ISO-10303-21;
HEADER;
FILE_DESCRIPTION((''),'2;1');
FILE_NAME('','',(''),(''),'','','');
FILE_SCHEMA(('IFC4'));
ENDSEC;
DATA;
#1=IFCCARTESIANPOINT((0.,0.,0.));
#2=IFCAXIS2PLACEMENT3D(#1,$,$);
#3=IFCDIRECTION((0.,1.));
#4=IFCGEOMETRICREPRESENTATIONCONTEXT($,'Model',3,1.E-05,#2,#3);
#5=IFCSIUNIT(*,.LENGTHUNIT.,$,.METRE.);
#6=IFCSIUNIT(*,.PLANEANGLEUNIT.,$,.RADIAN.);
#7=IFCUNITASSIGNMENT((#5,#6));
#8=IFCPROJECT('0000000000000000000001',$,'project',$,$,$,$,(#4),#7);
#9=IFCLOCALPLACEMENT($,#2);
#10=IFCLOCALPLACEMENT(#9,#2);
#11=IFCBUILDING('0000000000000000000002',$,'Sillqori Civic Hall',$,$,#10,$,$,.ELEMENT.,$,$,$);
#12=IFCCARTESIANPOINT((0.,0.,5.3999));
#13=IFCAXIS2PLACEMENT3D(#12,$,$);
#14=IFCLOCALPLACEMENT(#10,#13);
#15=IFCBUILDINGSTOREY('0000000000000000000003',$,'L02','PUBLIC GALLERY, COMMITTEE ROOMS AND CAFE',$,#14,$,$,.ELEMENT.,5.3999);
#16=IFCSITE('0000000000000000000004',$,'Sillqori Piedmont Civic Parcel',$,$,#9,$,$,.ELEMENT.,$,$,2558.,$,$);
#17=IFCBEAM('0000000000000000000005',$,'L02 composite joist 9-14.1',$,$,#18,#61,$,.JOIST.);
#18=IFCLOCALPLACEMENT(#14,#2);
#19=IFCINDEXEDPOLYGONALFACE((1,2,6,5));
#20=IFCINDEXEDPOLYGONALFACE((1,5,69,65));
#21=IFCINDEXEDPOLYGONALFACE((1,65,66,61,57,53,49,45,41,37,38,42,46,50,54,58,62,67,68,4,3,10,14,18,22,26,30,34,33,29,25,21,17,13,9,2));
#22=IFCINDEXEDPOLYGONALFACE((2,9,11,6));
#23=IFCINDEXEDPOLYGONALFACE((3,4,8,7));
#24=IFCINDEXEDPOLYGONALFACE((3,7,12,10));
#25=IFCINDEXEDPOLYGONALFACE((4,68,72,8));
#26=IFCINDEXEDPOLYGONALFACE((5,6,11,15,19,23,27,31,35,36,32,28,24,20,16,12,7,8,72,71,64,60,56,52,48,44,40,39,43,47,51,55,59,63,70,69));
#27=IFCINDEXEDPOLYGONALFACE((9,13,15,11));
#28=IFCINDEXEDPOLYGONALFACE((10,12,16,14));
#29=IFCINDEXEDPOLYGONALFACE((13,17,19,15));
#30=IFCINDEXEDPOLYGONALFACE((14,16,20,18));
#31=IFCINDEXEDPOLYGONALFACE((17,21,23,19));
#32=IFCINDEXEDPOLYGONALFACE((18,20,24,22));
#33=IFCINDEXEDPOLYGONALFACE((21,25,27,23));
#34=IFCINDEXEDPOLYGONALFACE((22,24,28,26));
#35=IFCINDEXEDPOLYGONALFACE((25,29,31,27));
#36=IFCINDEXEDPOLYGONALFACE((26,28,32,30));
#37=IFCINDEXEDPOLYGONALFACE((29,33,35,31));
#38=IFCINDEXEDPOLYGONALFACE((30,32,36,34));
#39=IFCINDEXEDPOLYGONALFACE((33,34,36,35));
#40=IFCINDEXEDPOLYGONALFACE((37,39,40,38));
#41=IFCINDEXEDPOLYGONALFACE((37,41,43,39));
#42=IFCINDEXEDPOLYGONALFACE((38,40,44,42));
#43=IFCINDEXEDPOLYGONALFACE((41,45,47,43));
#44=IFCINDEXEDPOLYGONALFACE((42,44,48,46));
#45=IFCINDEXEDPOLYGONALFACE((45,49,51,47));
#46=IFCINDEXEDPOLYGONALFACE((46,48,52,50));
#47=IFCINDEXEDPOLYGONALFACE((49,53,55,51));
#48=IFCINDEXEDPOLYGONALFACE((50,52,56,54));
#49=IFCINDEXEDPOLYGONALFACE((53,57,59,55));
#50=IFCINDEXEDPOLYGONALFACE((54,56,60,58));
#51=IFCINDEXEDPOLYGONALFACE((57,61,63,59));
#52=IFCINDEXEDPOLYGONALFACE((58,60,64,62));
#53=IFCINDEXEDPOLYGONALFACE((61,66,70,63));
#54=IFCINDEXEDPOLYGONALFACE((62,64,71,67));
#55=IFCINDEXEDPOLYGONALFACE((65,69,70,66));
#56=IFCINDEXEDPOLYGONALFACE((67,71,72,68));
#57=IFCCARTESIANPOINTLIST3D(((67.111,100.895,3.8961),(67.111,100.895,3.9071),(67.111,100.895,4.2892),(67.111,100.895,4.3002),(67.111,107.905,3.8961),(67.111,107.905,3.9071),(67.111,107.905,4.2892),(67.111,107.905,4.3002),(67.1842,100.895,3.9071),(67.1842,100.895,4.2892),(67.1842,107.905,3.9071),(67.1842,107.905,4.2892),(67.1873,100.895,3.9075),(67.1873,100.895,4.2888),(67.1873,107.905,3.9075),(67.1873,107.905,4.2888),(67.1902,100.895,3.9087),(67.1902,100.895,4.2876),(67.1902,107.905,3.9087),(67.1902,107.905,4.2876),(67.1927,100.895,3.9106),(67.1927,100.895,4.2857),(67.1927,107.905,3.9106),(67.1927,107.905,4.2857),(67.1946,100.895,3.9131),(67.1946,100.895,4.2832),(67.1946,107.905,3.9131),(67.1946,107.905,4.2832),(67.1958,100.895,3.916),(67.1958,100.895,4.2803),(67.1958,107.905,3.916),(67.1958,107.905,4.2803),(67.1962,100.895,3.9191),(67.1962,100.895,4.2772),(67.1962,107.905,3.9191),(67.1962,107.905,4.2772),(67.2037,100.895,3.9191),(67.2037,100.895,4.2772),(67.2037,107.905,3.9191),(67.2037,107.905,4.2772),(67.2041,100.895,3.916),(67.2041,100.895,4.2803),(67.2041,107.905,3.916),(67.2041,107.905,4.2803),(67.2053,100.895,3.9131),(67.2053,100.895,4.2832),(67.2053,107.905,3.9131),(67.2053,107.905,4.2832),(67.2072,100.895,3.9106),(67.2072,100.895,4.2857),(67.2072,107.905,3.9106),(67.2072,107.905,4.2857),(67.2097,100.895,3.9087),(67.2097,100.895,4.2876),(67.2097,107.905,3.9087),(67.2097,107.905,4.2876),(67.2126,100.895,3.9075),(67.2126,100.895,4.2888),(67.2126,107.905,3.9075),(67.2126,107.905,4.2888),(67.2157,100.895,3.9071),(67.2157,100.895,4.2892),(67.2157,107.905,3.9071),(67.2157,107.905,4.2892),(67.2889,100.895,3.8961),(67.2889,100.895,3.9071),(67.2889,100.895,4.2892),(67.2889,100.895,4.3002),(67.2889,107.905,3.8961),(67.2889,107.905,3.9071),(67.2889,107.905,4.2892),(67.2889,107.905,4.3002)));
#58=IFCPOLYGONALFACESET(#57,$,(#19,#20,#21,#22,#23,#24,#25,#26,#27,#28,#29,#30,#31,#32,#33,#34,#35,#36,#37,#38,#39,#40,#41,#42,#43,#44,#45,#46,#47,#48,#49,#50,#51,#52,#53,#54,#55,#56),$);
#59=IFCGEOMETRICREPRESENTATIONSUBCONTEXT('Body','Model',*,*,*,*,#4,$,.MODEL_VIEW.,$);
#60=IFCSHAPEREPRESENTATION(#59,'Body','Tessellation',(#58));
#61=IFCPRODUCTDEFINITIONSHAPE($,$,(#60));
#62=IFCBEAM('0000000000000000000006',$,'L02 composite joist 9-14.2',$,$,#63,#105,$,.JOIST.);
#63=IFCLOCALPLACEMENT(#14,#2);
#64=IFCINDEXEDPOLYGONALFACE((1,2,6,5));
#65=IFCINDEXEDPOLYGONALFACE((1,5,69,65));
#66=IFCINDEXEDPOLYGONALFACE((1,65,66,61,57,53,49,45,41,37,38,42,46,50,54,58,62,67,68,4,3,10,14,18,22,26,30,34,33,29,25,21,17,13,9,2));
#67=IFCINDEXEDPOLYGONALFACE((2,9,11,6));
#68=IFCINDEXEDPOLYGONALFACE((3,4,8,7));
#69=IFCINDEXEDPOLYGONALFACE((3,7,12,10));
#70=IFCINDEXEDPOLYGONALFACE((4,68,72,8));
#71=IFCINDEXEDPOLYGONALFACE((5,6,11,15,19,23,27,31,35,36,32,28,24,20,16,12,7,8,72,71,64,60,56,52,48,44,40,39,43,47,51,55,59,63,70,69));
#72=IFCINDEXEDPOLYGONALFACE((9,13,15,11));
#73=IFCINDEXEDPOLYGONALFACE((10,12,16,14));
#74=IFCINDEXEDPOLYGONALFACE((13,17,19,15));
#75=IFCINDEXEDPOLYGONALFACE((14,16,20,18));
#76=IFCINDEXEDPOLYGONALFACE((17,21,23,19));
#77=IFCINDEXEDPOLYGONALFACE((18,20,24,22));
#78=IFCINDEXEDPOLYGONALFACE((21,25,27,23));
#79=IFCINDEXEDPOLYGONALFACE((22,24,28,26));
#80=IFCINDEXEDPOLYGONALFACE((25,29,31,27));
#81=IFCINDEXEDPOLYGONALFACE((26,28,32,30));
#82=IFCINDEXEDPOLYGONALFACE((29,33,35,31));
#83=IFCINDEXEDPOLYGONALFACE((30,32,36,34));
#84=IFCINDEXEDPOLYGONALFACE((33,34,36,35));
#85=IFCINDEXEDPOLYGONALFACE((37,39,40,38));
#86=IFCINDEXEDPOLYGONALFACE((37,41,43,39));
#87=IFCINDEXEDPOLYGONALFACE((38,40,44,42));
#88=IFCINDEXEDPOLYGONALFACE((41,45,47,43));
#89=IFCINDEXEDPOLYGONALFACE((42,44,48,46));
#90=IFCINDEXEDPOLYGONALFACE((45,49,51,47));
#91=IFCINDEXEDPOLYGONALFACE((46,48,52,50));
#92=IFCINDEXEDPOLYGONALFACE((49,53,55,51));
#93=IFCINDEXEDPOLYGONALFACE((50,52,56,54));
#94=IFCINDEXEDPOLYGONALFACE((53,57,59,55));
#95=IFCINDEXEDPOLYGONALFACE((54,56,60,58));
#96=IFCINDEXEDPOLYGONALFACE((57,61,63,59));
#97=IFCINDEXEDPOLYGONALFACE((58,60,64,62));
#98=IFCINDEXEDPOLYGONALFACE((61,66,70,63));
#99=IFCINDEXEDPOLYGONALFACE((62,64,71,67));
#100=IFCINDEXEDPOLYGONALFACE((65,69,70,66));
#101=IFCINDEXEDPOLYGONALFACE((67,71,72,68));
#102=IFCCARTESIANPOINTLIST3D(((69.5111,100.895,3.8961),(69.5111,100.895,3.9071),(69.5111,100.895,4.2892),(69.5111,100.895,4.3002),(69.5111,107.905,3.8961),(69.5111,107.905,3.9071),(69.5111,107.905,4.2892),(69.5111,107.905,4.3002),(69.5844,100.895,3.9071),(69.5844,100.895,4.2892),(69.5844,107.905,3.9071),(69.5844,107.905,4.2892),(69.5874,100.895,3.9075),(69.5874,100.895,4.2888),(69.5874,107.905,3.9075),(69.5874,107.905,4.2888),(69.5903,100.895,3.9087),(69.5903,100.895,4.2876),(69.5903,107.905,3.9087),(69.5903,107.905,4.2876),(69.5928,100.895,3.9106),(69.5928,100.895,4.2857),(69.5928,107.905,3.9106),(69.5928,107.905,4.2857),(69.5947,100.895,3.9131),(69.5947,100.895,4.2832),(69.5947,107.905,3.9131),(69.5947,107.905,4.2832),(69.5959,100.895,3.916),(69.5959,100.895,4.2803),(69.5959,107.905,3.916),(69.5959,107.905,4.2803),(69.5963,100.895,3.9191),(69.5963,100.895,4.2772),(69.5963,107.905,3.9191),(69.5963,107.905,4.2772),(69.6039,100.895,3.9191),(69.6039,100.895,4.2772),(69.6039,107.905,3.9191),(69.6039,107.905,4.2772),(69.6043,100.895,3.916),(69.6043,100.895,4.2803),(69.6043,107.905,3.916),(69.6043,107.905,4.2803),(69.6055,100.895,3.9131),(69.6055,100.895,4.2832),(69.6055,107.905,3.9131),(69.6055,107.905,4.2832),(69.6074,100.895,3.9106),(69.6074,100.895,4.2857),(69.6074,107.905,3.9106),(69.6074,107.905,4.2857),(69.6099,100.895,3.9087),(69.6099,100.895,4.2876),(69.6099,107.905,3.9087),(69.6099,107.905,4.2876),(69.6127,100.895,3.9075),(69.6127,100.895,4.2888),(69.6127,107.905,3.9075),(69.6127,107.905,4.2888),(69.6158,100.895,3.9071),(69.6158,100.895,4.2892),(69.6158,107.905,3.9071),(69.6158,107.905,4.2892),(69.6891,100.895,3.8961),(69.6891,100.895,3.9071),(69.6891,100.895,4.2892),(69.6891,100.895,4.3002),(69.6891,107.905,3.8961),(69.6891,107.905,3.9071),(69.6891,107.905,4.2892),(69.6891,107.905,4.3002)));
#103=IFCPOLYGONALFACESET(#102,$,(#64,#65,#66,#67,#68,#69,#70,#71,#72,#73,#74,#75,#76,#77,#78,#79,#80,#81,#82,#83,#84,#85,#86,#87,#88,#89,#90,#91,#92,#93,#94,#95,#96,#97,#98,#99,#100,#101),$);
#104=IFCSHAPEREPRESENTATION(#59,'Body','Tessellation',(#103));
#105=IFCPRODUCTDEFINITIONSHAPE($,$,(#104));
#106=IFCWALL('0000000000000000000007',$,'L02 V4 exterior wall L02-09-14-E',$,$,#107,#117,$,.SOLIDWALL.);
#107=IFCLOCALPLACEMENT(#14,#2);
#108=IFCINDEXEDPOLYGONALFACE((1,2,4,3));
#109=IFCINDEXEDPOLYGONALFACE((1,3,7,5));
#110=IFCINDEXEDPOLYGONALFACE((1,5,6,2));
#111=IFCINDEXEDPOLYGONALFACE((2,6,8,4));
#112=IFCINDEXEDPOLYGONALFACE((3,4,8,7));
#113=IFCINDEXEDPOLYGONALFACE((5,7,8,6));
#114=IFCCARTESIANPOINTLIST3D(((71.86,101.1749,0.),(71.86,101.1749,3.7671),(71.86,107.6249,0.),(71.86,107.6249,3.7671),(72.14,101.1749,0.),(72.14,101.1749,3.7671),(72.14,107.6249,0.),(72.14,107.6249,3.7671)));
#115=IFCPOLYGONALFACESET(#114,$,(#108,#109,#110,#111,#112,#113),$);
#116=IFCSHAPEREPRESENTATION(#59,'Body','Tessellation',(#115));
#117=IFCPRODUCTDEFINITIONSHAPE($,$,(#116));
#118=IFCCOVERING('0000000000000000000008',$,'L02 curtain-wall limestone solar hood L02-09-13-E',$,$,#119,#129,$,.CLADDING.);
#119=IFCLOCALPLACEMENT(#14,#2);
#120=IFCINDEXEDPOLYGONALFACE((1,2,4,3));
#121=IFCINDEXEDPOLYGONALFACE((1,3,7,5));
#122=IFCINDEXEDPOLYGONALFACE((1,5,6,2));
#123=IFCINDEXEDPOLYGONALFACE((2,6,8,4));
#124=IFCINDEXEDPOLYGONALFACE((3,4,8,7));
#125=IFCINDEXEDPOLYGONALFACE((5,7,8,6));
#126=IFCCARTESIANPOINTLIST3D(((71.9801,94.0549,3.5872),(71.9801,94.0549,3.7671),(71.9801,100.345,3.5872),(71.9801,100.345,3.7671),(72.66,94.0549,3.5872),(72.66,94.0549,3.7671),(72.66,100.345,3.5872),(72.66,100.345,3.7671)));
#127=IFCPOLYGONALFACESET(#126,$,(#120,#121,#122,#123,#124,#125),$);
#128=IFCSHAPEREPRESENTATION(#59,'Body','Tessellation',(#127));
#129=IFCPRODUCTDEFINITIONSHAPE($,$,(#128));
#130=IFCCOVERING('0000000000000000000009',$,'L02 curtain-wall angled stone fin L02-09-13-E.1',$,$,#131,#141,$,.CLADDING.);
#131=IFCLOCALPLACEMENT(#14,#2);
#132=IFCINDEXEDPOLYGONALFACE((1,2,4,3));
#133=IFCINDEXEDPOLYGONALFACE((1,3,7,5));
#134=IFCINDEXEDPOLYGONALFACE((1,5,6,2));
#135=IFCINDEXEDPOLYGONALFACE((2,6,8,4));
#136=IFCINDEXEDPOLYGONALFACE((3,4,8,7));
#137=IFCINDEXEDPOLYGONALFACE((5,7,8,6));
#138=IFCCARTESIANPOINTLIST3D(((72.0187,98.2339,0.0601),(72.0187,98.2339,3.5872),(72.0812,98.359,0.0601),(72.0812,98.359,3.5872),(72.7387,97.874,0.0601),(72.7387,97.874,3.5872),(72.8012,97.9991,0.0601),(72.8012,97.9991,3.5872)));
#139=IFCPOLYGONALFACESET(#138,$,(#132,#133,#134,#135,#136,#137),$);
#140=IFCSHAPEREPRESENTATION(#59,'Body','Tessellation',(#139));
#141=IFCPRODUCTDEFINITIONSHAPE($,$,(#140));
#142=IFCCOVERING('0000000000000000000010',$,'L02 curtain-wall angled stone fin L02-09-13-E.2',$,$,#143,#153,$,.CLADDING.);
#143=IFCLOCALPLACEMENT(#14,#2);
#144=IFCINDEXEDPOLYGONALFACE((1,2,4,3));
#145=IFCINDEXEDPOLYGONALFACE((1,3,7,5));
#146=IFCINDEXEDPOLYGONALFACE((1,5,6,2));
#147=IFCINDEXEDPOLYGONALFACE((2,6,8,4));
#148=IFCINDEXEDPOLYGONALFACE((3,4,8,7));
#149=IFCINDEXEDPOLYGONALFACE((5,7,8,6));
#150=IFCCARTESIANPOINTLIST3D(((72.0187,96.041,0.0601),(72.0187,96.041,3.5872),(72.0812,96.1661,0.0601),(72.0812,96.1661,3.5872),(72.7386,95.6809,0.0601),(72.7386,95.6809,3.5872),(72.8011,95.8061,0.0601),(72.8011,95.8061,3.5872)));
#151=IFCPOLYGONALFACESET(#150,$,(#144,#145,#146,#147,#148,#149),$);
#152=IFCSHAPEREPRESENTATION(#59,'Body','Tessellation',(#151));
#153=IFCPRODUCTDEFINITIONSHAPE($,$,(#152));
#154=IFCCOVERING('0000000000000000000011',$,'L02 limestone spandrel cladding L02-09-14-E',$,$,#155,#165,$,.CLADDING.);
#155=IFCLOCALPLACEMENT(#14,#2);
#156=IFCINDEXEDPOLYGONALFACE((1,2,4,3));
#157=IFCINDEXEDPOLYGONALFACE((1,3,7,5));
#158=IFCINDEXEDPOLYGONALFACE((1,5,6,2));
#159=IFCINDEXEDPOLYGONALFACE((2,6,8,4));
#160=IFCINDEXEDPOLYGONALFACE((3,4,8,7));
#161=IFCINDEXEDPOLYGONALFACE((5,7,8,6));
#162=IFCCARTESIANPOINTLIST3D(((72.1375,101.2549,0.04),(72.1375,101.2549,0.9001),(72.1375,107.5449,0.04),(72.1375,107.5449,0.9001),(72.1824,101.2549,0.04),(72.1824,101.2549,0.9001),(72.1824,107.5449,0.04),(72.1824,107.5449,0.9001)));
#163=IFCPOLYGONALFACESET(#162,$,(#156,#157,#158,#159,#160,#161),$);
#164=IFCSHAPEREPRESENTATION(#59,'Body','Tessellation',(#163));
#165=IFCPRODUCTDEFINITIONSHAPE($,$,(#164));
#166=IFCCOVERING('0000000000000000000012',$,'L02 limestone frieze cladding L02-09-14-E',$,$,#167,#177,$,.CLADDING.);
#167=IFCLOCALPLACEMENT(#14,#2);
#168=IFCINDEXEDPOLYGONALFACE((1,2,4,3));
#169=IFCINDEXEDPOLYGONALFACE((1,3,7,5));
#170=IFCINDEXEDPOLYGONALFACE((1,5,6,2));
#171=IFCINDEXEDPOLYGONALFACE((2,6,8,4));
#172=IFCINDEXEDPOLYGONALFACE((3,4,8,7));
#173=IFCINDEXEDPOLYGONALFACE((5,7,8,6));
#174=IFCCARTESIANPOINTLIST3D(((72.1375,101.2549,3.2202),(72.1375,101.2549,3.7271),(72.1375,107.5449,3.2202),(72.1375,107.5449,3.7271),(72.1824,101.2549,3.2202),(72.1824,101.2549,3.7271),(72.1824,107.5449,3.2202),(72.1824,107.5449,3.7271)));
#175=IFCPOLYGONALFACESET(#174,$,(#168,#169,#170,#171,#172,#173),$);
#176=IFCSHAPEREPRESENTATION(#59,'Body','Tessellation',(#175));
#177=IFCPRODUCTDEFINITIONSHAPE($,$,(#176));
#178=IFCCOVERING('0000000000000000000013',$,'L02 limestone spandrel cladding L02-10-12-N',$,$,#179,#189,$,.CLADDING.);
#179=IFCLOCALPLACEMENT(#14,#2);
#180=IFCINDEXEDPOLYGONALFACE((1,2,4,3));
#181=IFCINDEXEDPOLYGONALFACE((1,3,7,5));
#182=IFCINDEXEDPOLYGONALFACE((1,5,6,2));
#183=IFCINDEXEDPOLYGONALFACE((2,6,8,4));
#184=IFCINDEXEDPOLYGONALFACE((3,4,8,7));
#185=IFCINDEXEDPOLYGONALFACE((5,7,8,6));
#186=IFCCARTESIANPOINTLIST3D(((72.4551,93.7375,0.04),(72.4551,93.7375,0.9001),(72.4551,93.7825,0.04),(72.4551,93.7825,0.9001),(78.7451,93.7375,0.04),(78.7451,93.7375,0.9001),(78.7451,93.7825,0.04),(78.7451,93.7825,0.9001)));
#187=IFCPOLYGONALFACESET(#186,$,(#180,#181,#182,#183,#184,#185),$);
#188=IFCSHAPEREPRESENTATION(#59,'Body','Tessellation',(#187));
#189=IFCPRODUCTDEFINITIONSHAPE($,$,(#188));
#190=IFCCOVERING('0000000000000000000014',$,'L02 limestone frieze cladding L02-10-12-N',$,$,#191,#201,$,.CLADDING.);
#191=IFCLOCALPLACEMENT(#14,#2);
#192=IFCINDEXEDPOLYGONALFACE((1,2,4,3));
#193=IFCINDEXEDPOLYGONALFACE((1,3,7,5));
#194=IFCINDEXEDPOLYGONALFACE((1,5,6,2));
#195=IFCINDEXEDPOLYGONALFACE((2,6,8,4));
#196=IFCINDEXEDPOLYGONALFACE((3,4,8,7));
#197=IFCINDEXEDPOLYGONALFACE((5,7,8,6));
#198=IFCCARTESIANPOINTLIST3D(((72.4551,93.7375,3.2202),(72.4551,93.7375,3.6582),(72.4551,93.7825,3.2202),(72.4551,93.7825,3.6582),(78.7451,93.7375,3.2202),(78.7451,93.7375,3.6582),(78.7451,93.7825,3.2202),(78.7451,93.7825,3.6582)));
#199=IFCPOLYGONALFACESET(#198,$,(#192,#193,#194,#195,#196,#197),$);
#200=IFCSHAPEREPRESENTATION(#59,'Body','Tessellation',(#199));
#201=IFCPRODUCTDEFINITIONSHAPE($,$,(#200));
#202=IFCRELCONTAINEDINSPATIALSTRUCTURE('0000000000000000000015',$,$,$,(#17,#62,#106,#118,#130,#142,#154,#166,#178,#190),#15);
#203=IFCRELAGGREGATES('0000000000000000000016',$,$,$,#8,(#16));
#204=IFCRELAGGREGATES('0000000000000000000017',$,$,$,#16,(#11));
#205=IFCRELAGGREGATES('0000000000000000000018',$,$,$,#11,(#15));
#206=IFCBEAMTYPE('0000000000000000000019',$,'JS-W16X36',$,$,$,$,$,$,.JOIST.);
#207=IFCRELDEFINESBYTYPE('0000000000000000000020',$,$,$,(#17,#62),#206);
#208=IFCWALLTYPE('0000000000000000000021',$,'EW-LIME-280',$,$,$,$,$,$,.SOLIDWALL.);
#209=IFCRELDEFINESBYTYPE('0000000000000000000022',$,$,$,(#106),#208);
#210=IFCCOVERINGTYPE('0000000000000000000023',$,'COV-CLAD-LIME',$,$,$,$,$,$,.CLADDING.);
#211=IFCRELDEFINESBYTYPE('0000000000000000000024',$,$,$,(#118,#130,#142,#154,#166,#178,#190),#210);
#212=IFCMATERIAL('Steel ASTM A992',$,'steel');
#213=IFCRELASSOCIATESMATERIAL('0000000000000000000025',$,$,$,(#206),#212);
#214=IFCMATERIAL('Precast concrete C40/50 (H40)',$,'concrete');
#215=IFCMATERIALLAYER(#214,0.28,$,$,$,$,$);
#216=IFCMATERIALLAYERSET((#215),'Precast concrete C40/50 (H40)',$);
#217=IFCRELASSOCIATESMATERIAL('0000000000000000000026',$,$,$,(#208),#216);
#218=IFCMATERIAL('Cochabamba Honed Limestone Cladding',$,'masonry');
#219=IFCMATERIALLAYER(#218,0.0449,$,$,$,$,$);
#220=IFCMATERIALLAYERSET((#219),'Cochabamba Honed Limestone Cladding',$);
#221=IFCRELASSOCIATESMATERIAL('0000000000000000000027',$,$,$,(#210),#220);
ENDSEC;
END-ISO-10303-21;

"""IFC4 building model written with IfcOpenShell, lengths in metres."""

from ifc_helpers import new_model, si_unit, direction, frame, frame_2d, origin, origin_2d, place, context, subcontext, project, spatial, rectangle, i_section, extrude, material, layer, layer_set, material_profile, profile_set, type_object, element, save


model = new_model("IFC4")

# Units and contexts
model_context = context("Model", 3, precision=1e-05, world=origin(), true_north=direction((0.0, 1.0)))
body_context = subcontext(model_context, "Body", "Model", "MODEL_VIEW")
ifc_project = project(units=[si_unit("LENGTHUNIT", "METRE"), si_unit("PLANEANGLEUNIT", "RADIAN")], contexts=[model_context])

# Site, building, storey
site_placement = place(None, origin())
site = spatial("IfcSite", under=ifc_project, at=site_placement, Name="Sillqori Piedmont Civic Parcel", CompositionType="ELEMENT", RefElevation=2558.0)
building_placement = place(site_placement, origin())
building = spatial("IfcBuilding", under=site, at=building_placement, Name="Sillqori Civic Hall", CompositionType="ELEMENT")
storey_placement = place(building_placement, frame((0.0, 0.0, 5.3999)))
storey = spatial("IfcBuildingStorey", under=building, at=storey_placement, Name="L02", Description="PUBLIC GALLERY, COMMITTEE ROOMS AND CAFE", CompositionType="ELEMENT", Elevation=5.3999)

# Shared definitions
ifc_material_1 = material(Name="Steel ASTM A992", Category="steel")

# Beams
ifc_material_profile_1 = material_profile(ifc_material_1, i_section(OverallWidth=0.178, OverallDepth=0.4041, WebThickness=0.0076, FlangeThickness=0.011, FilletRadius=0.012, at=origin_2d()), Name="W16X36")
ifc_profile_set_1 = profile_set([ifc_material_profile_1], Name="Steel ASTM A992")
beam_type_1 = type_object("IfcBeamType", Name="JS-W16X36", PredefinedType="JOIST", material=ifc_profile_set_1)
for number, where, z_axis, x_axis, name in (
    (1, (67.2, 100.895, 4.0981), (0.0, 1.0, 0.0), (-1.0, 0.0, 0.0), "L02 composite joist 9-14.1"),
    (2, (69.6001, 100.895, 4.0981), (0.0, 1.0, 0.0), (-1.0, 0.0, 0.0), "L02 composite joist 9-14.2"),
):
    element("IfcBeam", number, at=place(storey_placement, frame(where, z_axis=z_axis, x_axis=x_axis)), inside=storey, type_object=beam_type_1, Name=name, PredefinedType="JOIST", context=body_context, shape_type="SweptSolid", body=[
        extrude(i_section(OverallWidth=0.178, OverallDepth=0.4041, WebThickness=0.0076, FlangeThickness=0.011, FilletRadius=0.012, at=origin_2d()), origin(), (0.0, 0.0, 1.0), 7.01),
    ])

# Wall
ifc_material_2 = material(Name="Precast concrete C40/50 (H40)", Category="concrete")
ifc_layer_1 = layer(ifc_material_2, 0.28)
ifc_layer_set_1 = layer_set([ifc_layer_1], Name="Precast concrete C40/50 (H40)")
wall_type = type_object("IfcWallType", Name="EW-LIME-280", PredefinedType="SOLIDWALL", material=ifc_layer_set_1)
wall_placement = place(storey_placement, frame((72.0, 107.625, 0.0), z_axis=(0.0, 0.0, 1.0), x_axis=(0.0, -1.0, 0.0)))
element("IfcWall", 3, at=wall_placement, inside=storey, type_object=wall_type, Name="L02 V4 exterior wall L02-09-14-E", PredefinedType="SOLIDWALL", context=body_context, shape_type="SweptSolid", body=[
    extrude(rectangle(XDim=6.45, YDim=0.28, at=frame_2d((3.2251, 0.0))), origin(), (0.0, 0.0, 1.0), 3.7671),
])

# Coverings
ifc_material_3 = material(Name="Cochabamba Honed Limestone Cladding", Category="masonry")
ifc_layer_2 = layer(ifc_material_3, 0.0449)
ifc_layer_set_2 = layer_set([ifc_layer_2], Name="Cochabamba Honed Limestone Cladding")
covering_type = type_object("IfcCoveringType", Name="COV-CLAD-LIME", PredefinedType="CLADDING", material=ifc_layer_set_2)
covering_1_placement = place(storey_placement, frame((72.3201, 100.345, 3.5872), z_axis=(0.0, 0.0, 1.0), x_axis=(0.0, -1.0, 0.0)))
element("IfcCovering", 4, at=covering_1_placement, inside=storey, type_object=covering_type, Name="L02 curtain-wall limestone solar hood L02-09-13-E", PredefinedType="CLADDING", context=body_context, shape_type="SweptSolid", body=[
    extrude(rectangle(XDim=6.29, YDim=0.6799, at=frame_2d((3.145, 0.0))), origin(), (0.0, 0.0, 1.0), 0.1799),
])
for number, where, z_axis, x_axis, name in (
    (5, (72.05, 98.2964, 0.0601), (0.0, 0.0, 1.0), (0.894488, -0.447092, 0.0), "L02 curtain-wall angled stone fin L02-09-13-E.1"),
    (6, (72.05, 96.1035, 0.0601), (0.0, 0.0, 1.0), (0.894367, -0.447335, 0.0), "L02 curtain-wall angled stone fin L02-09-13-E.2"),
):
    element("IfcCovering", number, at=place(storey_placement, frame(where, z_axis=z_axis, x_axis=x_axis)), inside=storey, type_object=covering_type, Name=name, PredefinedType="CLADDING", context=body_context, shape_type="SweptSolid", body=[
        extrude(rectangle(XDim=0.8049, YDim=0.1399, at=frame_2d((0.4023, 0.0))), origin(), (0.0, 0.0, 1.0), 3.5271),
    ])
covering_2_placement = place(storey_placement, frame((72.1599, 107.5449, 0.04), z_axis=(0.0, 0.0, 1.0), x_axis=(0.0, -1.0, 0.0)))
element("IfcCovering", 7, at=covering_2_placement, inside=storey, type_object=covering_type, Name="L02 limestone spandrel cladding L02-09-14-E", PredefinedType="CLADDING", context=body_context, shape_type="SweptSolid", body=[
    extrude(rectangle(XDim=6.29, YDim=0.0449, at=frame_2d((3.145, 0.0))), origin(), (0.0, 0.0, 1.0), 0.8601),
])
covering_3_placement = place(storey_placement, frame((72.1599, 107.5449, 3.2202), z_axis=(0.0, 0.0, 1.0), x_axis=(0.0, -1.0, 0.0)))
element("IfcCovering", 8, at=covering_3_placement, inside=storey, type_object=covering_type, Name="L02 limestone frieze cladding L02-09-14-E", PredefinedType="CLADDING", context=body_context, shape_type="SweptSolid", body=[
    extrude(rectangle(XDim=6.29, YDim=0.0449, at=frame_2d((3.145, 0.0))), origin(), (0.0, 0.0, 1.0), 0.5068),
])
covering_4_placement = place(storey_placement, frame((72.4551, 93.76, 0.04), z_axis=(0.0, 0.0, 1.0), x_axis=(1.0, 0.0, 0.0)))
element("IfcCovering", 9, at=covering_4_placement, inside=storey, type_object=covering_type, Name="L02 limestone spandrel cladding L02-10-12-N", PredefinedType="CLADDING", context=body_context, shape_type="SweptSolid", body=[
    extrude(rectangle(XDim=6.29, YDim=0.0449, at=frame_2d((3.145, 0.0))), origin(), (0.0, 0.0, 1.0), 0.8601),
])
covering_5_placement = place(storey_placement, frame((72.4551, 93.76, 3.2202), z_axis=(0.0, 0.0, 1.0), x_axis=(1.0, 0.0, 0.0)))
element("IfcCovering", 10, at=covering_5_placement, inside=storey, type_object=covering_type, Name="L02 limestone frieze cladding L02-10-12-N", PredefinedType="CLADDING", context=body_context, shape_type="SweptSolid", body=[
    extrude(rectangle(XDim=6.29, YDim=0.0449, at=frame_2d((3.145, 0.0))), origin(), (0.0, 0.0, 1.0), 0.438),
])

save(model, "model.ifc")
